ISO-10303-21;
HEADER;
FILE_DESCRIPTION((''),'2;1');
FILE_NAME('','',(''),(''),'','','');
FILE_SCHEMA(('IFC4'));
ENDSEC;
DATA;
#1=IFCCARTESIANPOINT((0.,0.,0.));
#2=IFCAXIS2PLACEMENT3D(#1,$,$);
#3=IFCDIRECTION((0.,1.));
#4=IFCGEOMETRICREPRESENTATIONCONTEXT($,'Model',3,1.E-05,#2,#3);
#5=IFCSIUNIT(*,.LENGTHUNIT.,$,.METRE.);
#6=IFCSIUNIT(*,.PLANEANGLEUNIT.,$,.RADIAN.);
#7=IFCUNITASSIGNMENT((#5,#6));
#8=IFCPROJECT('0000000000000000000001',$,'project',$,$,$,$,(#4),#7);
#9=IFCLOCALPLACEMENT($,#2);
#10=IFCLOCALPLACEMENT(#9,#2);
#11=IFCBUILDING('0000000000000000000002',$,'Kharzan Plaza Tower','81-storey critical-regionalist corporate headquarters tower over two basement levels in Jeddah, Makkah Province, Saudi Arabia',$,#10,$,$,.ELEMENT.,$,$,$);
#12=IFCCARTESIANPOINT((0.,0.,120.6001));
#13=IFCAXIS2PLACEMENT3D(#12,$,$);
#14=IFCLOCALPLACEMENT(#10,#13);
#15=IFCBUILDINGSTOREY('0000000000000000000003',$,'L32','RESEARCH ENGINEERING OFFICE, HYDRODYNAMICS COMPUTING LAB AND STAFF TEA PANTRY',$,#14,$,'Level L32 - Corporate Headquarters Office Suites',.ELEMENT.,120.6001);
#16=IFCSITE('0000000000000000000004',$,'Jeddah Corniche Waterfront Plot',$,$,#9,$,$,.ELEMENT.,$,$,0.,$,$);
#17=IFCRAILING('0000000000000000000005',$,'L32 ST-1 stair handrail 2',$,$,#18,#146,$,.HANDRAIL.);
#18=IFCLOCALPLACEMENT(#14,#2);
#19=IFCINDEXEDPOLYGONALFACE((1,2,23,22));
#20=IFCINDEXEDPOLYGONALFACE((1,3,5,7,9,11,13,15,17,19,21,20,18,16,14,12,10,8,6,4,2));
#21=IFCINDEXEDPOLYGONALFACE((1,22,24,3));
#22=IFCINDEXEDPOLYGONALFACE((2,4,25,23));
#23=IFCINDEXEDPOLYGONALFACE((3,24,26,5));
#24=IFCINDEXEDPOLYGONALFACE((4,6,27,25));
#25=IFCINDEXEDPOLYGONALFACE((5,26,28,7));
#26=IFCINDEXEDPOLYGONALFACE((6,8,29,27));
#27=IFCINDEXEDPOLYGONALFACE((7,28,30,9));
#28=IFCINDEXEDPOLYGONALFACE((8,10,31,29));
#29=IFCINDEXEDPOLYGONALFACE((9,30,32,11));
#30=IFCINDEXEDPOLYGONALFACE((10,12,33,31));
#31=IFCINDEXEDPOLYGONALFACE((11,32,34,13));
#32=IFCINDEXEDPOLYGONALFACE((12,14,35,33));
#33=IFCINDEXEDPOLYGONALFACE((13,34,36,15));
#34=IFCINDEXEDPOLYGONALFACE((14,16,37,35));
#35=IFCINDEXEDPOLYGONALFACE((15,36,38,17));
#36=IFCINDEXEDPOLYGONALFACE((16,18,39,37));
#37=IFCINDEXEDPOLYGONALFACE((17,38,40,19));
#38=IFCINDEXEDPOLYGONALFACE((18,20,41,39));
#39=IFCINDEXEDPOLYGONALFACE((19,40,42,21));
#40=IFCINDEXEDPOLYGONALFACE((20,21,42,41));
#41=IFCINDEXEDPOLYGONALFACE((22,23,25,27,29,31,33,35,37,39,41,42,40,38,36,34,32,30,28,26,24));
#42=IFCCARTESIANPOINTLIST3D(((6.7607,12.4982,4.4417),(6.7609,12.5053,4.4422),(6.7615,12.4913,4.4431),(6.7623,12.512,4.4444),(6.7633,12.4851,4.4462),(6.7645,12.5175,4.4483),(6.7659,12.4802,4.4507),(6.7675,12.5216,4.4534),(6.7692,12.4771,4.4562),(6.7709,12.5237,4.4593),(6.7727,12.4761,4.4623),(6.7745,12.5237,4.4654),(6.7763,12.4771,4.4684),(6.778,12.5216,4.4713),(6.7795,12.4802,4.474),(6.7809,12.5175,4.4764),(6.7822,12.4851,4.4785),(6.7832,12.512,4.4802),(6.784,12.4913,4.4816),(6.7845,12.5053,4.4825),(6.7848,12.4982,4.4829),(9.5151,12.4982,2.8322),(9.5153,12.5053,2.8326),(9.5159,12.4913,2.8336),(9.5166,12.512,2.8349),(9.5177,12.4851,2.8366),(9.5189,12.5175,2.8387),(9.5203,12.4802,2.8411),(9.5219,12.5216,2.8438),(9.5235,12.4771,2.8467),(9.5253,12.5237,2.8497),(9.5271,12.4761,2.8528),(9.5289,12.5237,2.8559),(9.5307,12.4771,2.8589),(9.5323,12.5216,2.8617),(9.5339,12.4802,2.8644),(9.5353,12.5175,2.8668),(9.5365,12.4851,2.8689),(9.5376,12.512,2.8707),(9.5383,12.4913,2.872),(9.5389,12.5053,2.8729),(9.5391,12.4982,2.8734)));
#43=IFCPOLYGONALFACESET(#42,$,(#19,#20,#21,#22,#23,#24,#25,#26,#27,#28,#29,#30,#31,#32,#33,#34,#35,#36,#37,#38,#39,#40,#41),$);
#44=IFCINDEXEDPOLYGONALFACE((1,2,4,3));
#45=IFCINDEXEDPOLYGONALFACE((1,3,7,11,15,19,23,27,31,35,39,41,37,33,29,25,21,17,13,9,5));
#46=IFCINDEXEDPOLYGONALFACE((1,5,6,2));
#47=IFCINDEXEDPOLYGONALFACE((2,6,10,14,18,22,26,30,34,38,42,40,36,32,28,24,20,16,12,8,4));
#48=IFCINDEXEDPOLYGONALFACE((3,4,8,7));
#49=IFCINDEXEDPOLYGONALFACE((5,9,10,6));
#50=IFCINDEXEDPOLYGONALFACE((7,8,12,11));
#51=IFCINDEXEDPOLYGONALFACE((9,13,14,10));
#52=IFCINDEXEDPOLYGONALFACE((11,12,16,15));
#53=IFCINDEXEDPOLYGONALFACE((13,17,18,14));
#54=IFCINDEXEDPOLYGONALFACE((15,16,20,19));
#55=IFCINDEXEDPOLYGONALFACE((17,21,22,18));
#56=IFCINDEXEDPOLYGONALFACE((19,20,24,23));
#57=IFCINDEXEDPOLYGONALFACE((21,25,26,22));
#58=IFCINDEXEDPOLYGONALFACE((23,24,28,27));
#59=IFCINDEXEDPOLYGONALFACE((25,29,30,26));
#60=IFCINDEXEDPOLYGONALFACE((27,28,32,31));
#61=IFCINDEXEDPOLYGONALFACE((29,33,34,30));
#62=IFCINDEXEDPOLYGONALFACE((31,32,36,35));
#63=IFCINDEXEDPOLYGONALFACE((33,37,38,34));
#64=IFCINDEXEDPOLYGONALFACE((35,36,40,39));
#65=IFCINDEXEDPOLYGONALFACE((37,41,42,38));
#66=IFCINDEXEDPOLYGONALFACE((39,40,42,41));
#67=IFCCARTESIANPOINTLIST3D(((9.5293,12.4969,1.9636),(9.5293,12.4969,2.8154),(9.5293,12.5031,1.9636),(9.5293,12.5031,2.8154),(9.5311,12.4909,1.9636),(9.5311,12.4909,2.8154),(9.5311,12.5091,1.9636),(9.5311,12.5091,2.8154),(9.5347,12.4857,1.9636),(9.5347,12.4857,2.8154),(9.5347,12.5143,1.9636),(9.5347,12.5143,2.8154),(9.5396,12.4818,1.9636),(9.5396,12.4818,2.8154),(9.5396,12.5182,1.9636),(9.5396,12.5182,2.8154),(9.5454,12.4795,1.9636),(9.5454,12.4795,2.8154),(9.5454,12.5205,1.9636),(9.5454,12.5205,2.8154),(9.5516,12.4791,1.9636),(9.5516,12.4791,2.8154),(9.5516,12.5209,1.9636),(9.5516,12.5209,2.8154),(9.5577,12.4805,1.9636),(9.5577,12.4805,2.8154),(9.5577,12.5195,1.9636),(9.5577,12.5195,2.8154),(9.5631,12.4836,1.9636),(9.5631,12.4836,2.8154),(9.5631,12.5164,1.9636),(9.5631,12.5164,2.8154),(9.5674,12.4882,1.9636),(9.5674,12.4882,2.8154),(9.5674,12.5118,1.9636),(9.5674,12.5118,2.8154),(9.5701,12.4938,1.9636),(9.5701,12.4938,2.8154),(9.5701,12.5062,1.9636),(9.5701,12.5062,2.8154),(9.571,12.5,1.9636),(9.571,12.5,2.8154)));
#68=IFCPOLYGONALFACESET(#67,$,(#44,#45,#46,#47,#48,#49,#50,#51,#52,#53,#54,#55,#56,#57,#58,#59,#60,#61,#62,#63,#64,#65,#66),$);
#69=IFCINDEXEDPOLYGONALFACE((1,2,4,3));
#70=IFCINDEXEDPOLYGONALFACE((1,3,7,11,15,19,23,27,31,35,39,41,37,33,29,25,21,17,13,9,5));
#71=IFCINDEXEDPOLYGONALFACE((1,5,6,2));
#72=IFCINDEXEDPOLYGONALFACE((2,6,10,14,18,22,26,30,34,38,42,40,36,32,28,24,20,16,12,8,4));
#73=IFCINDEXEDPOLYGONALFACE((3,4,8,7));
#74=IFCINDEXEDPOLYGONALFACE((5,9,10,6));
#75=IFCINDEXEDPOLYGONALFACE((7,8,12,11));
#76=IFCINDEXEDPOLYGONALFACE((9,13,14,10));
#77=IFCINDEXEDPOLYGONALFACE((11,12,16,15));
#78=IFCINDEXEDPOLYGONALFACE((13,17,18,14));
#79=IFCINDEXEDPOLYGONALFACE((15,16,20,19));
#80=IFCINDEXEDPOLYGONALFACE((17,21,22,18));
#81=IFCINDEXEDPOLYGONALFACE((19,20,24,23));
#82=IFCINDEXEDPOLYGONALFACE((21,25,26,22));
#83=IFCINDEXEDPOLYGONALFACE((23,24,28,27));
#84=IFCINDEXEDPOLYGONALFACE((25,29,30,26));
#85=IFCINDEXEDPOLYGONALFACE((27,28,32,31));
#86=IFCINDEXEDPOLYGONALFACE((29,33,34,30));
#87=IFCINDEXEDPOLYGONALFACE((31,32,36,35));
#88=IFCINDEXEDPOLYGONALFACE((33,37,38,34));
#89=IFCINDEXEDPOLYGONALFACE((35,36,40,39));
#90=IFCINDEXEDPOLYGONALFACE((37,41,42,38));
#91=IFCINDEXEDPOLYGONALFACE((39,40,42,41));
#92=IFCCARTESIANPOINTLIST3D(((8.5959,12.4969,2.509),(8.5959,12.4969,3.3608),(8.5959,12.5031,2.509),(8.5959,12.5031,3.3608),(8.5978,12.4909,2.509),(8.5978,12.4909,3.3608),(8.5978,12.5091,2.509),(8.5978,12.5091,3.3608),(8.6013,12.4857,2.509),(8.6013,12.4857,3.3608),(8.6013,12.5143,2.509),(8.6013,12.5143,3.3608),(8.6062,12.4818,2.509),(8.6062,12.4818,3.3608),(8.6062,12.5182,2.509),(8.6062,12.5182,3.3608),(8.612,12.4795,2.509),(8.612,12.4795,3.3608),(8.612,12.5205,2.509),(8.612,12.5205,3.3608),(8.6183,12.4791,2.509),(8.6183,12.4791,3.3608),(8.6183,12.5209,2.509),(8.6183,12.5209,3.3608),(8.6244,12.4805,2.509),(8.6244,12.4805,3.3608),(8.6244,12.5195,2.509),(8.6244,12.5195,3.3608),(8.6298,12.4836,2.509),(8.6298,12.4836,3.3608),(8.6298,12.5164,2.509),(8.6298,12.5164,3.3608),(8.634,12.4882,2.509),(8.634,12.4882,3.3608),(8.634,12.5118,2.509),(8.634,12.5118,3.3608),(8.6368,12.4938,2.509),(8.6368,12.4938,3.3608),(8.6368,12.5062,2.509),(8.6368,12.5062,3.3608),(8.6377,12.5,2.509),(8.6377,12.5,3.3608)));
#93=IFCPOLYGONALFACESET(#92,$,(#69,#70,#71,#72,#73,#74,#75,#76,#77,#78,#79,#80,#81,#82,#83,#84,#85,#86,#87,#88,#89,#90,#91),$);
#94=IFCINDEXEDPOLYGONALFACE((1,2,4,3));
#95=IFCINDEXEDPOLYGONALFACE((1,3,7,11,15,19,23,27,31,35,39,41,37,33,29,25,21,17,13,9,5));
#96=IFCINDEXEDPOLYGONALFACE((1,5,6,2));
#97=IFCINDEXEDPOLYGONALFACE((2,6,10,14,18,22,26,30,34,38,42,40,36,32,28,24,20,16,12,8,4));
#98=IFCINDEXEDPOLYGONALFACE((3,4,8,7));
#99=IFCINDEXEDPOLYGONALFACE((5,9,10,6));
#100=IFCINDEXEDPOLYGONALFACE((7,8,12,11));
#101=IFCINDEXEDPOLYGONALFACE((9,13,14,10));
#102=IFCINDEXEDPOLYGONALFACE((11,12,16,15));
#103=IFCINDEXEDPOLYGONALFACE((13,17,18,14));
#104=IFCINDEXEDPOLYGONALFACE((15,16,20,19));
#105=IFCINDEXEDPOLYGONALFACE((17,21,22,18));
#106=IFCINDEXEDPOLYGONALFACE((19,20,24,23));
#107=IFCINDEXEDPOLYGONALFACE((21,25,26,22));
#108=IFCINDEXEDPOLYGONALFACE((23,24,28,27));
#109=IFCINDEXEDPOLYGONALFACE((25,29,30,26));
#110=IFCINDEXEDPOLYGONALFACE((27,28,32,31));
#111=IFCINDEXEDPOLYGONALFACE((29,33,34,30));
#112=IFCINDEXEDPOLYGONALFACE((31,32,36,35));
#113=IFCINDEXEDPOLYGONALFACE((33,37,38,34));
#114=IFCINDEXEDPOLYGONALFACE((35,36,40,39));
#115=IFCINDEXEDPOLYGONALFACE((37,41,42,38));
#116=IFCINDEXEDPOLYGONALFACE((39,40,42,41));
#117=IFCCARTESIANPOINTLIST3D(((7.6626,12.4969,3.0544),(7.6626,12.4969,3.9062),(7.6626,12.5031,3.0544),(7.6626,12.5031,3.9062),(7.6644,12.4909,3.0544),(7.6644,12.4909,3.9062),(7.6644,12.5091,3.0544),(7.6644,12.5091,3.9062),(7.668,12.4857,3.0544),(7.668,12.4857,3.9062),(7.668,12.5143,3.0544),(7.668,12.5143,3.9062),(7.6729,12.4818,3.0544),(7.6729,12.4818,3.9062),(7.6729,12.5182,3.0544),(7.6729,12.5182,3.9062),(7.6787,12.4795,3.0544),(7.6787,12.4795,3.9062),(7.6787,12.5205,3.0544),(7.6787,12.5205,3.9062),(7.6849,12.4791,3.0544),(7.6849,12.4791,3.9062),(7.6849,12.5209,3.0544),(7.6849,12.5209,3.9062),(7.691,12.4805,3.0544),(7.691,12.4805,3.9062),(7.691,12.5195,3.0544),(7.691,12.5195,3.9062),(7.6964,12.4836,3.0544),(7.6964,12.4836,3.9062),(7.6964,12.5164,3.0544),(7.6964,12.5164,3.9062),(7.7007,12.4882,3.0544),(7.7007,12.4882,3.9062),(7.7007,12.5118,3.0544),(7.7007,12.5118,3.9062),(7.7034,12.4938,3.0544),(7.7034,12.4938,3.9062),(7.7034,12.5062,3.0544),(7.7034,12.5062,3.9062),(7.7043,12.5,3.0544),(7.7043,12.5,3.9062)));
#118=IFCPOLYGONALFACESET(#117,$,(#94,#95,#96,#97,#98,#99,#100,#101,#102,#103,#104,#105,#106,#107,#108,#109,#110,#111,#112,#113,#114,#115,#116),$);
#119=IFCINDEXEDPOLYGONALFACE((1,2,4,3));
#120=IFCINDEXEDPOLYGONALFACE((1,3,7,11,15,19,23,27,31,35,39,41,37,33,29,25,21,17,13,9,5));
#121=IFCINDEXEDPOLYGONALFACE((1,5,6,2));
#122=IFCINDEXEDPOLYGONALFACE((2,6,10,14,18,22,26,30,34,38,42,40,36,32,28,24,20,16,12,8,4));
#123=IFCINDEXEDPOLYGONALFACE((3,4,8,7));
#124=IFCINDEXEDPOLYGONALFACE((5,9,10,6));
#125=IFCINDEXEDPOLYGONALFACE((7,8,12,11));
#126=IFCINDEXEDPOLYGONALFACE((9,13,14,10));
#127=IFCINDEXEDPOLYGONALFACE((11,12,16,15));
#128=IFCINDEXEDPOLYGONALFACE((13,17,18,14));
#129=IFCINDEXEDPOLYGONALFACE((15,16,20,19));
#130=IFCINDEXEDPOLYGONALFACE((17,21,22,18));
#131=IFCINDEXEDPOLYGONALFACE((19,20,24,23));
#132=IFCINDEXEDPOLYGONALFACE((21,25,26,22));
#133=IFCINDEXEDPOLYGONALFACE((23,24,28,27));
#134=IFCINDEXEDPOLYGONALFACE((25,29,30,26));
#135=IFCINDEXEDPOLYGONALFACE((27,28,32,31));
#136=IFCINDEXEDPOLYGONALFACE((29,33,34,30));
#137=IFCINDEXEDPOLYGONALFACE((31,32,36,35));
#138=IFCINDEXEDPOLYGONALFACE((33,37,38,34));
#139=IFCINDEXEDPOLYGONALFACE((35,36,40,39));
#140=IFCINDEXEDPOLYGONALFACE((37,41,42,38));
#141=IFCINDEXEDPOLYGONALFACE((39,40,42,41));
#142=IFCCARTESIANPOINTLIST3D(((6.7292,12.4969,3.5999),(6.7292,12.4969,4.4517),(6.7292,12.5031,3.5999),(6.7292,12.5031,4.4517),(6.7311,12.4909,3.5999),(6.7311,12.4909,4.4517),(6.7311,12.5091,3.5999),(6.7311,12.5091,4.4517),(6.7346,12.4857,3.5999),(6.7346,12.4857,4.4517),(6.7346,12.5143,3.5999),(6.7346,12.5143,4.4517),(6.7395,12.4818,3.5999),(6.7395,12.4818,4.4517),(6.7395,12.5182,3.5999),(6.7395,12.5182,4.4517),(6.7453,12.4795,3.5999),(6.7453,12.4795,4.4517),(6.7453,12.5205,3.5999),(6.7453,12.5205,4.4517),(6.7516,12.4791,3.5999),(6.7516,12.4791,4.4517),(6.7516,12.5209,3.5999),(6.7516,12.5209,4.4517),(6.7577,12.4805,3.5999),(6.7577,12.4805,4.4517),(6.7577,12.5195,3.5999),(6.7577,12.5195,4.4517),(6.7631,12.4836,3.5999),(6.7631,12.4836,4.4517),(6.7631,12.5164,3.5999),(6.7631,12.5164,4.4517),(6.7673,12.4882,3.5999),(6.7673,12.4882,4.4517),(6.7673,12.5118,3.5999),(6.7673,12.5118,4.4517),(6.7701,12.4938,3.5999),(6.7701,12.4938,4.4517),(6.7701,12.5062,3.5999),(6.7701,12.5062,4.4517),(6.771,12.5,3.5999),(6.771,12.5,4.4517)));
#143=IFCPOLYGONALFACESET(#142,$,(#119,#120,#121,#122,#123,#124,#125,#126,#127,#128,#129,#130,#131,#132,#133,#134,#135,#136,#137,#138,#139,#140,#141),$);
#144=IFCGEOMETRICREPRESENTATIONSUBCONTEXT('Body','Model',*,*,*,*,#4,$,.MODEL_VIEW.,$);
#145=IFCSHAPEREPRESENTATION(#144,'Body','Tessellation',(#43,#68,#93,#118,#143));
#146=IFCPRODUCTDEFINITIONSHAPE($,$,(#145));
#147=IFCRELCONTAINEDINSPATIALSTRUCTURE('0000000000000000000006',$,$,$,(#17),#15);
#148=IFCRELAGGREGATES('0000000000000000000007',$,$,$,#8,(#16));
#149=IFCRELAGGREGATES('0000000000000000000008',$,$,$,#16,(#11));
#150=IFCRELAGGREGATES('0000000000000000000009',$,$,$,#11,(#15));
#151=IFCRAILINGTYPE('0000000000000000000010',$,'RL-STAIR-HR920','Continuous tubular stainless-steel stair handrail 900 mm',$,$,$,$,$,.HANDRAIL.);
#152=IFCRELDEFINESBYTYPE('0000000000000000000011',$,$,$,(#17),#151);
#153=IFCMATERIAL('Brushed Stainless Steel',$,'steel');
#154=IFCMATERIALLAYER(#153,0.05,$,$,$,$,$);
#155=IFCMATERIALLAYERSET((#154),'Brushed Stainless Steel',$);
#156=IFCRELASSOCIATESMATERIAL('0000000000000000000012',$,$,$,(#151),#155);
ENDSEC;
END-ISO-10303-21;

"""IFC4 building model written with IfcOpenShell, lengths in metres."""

from ifc_helpers import new_model, si_unit, direction, frame, origin, origin_2d, place, context, subcontext, project, spatial, circle, extrude, source, transform, mapped, material, layer, layer_set, type_object, element, save


model = new_model("IFC4")

# Units and contexts
model_context = context("Model", 3, precision=1e-05, world=origin(), true_north=direction((0.0, 1.0)))
body_context = subcontext(model_context, "Body", "Model", "MODEL_VIEW")
ifc_project = project(units=[si_unit("LENGTHUNIT", "METRE"), si_unit("PLANEANGLEUNIT", "RADIAN")], contexts=[model_context])

# Site, building, storey
site_placement = place(None, origin())
site = spatial("IfcSite", under=ifc_project, at=site_placement, Name="Jeddah Corniche Waterfront Plot", CompositionType="ELEMENT", RefElevation=0.0)
building_placement = place(site_placement, origin())
building = spatial("IfcBuilding", under=site, at=building_placement, Name="Kharzan Plaza Tower", Description="81-storey critical-regionalist corporate headquarters tower over two basement levels in Jeddah, Makkah Province, Saudi Arabia", CompositionType="ELEMENT")
storey_placement = place(building_placement, frame((0.0, 0.0, 120.6001)))
storey = spatial("IfcBuildingStorey", under=building, at=storey_placement, Name="L32", Description="RESEARCH ENGINEERING OFFICE, HYDRODYNAMICS COMPUTING LAB AND STAFF TEA PANTRY", LongName="Level L32 - Corporate Headquarters Office Suites", CompositionType="ELEMENT", Elevation=120.6001)

# Shared definitions
ifc_material_1 = material(Name="Brushed Stainless Steel", Category="steel")

# Railing
ifc_layer_1 = layer(ifc_material_1, 0.05)
ifc_layer_set_1 = layer_set([ifc_layer_1], Name="Brushed Stainless Steel")
railing_type_1 = type_object("IfcRailingType", Name="RL-STAIR-HR920", Description="Continuous tubular stainless-steel stair handrail 900 mm", PredefinedType="HANDRAIL", material=ifc_layer_set_1)
shared_shape_1 = source(origin(), body_context, "Body", "SweptSolid", [
    extrude(circle(Radius=0.0239, at=origin_2d()), frame((-0.0229, 0.0, 0.8892), z_axis=(-0.863394, 0.0, 0.504531), x_axis=(0.0, -1.0, 0.0)), (0.0, 0.0, 1.0), 3.1902),
    extrude(circle(Radius=0.021, at=origin_2d()), origin(), (0.0, 0.0, 1.0), 0.8518),
    extrude(circle(Radius=0.021, at=origin_2d()), frame((-0.9333, 0.0, 0.5454)), (0.0, 0.0, 1.0), 0.8518),
    extrude(circle(Radius=0.021, at=origin_2d()), frame((-1.8667, 0.0, 1.0908)), (0.0, 0.0, 1.0), 0.8518),
    extrude(circle(Radius=0.021, at=origin_2d()), frame((-2.8, 0.0, 1.6362)), (0.0, 0.0, 1.0), 0.8518),
])
railing_1_placement = place(storey_placement, frame((9.55, 12.5, 1.9636)))
element("IfcRailing", 1, at=railing_1_placement, inside=storey, type_object=railing_type_1, Name="L32 ST-1 stair handrail 2", PredefinedType="HANDRAIL", context=body_context, shape_type="MappedRepresentation", body=[
    mapped(shared_shape_1, transform((0.0, 0.0, 0.0), x_axis=(1.0, 0.0, 0.0), y_axis=(0.0, 1.0, 0.0), z_axis=(0.0, 0.0, 1.0))),
])

save(model, "model.ifc")
